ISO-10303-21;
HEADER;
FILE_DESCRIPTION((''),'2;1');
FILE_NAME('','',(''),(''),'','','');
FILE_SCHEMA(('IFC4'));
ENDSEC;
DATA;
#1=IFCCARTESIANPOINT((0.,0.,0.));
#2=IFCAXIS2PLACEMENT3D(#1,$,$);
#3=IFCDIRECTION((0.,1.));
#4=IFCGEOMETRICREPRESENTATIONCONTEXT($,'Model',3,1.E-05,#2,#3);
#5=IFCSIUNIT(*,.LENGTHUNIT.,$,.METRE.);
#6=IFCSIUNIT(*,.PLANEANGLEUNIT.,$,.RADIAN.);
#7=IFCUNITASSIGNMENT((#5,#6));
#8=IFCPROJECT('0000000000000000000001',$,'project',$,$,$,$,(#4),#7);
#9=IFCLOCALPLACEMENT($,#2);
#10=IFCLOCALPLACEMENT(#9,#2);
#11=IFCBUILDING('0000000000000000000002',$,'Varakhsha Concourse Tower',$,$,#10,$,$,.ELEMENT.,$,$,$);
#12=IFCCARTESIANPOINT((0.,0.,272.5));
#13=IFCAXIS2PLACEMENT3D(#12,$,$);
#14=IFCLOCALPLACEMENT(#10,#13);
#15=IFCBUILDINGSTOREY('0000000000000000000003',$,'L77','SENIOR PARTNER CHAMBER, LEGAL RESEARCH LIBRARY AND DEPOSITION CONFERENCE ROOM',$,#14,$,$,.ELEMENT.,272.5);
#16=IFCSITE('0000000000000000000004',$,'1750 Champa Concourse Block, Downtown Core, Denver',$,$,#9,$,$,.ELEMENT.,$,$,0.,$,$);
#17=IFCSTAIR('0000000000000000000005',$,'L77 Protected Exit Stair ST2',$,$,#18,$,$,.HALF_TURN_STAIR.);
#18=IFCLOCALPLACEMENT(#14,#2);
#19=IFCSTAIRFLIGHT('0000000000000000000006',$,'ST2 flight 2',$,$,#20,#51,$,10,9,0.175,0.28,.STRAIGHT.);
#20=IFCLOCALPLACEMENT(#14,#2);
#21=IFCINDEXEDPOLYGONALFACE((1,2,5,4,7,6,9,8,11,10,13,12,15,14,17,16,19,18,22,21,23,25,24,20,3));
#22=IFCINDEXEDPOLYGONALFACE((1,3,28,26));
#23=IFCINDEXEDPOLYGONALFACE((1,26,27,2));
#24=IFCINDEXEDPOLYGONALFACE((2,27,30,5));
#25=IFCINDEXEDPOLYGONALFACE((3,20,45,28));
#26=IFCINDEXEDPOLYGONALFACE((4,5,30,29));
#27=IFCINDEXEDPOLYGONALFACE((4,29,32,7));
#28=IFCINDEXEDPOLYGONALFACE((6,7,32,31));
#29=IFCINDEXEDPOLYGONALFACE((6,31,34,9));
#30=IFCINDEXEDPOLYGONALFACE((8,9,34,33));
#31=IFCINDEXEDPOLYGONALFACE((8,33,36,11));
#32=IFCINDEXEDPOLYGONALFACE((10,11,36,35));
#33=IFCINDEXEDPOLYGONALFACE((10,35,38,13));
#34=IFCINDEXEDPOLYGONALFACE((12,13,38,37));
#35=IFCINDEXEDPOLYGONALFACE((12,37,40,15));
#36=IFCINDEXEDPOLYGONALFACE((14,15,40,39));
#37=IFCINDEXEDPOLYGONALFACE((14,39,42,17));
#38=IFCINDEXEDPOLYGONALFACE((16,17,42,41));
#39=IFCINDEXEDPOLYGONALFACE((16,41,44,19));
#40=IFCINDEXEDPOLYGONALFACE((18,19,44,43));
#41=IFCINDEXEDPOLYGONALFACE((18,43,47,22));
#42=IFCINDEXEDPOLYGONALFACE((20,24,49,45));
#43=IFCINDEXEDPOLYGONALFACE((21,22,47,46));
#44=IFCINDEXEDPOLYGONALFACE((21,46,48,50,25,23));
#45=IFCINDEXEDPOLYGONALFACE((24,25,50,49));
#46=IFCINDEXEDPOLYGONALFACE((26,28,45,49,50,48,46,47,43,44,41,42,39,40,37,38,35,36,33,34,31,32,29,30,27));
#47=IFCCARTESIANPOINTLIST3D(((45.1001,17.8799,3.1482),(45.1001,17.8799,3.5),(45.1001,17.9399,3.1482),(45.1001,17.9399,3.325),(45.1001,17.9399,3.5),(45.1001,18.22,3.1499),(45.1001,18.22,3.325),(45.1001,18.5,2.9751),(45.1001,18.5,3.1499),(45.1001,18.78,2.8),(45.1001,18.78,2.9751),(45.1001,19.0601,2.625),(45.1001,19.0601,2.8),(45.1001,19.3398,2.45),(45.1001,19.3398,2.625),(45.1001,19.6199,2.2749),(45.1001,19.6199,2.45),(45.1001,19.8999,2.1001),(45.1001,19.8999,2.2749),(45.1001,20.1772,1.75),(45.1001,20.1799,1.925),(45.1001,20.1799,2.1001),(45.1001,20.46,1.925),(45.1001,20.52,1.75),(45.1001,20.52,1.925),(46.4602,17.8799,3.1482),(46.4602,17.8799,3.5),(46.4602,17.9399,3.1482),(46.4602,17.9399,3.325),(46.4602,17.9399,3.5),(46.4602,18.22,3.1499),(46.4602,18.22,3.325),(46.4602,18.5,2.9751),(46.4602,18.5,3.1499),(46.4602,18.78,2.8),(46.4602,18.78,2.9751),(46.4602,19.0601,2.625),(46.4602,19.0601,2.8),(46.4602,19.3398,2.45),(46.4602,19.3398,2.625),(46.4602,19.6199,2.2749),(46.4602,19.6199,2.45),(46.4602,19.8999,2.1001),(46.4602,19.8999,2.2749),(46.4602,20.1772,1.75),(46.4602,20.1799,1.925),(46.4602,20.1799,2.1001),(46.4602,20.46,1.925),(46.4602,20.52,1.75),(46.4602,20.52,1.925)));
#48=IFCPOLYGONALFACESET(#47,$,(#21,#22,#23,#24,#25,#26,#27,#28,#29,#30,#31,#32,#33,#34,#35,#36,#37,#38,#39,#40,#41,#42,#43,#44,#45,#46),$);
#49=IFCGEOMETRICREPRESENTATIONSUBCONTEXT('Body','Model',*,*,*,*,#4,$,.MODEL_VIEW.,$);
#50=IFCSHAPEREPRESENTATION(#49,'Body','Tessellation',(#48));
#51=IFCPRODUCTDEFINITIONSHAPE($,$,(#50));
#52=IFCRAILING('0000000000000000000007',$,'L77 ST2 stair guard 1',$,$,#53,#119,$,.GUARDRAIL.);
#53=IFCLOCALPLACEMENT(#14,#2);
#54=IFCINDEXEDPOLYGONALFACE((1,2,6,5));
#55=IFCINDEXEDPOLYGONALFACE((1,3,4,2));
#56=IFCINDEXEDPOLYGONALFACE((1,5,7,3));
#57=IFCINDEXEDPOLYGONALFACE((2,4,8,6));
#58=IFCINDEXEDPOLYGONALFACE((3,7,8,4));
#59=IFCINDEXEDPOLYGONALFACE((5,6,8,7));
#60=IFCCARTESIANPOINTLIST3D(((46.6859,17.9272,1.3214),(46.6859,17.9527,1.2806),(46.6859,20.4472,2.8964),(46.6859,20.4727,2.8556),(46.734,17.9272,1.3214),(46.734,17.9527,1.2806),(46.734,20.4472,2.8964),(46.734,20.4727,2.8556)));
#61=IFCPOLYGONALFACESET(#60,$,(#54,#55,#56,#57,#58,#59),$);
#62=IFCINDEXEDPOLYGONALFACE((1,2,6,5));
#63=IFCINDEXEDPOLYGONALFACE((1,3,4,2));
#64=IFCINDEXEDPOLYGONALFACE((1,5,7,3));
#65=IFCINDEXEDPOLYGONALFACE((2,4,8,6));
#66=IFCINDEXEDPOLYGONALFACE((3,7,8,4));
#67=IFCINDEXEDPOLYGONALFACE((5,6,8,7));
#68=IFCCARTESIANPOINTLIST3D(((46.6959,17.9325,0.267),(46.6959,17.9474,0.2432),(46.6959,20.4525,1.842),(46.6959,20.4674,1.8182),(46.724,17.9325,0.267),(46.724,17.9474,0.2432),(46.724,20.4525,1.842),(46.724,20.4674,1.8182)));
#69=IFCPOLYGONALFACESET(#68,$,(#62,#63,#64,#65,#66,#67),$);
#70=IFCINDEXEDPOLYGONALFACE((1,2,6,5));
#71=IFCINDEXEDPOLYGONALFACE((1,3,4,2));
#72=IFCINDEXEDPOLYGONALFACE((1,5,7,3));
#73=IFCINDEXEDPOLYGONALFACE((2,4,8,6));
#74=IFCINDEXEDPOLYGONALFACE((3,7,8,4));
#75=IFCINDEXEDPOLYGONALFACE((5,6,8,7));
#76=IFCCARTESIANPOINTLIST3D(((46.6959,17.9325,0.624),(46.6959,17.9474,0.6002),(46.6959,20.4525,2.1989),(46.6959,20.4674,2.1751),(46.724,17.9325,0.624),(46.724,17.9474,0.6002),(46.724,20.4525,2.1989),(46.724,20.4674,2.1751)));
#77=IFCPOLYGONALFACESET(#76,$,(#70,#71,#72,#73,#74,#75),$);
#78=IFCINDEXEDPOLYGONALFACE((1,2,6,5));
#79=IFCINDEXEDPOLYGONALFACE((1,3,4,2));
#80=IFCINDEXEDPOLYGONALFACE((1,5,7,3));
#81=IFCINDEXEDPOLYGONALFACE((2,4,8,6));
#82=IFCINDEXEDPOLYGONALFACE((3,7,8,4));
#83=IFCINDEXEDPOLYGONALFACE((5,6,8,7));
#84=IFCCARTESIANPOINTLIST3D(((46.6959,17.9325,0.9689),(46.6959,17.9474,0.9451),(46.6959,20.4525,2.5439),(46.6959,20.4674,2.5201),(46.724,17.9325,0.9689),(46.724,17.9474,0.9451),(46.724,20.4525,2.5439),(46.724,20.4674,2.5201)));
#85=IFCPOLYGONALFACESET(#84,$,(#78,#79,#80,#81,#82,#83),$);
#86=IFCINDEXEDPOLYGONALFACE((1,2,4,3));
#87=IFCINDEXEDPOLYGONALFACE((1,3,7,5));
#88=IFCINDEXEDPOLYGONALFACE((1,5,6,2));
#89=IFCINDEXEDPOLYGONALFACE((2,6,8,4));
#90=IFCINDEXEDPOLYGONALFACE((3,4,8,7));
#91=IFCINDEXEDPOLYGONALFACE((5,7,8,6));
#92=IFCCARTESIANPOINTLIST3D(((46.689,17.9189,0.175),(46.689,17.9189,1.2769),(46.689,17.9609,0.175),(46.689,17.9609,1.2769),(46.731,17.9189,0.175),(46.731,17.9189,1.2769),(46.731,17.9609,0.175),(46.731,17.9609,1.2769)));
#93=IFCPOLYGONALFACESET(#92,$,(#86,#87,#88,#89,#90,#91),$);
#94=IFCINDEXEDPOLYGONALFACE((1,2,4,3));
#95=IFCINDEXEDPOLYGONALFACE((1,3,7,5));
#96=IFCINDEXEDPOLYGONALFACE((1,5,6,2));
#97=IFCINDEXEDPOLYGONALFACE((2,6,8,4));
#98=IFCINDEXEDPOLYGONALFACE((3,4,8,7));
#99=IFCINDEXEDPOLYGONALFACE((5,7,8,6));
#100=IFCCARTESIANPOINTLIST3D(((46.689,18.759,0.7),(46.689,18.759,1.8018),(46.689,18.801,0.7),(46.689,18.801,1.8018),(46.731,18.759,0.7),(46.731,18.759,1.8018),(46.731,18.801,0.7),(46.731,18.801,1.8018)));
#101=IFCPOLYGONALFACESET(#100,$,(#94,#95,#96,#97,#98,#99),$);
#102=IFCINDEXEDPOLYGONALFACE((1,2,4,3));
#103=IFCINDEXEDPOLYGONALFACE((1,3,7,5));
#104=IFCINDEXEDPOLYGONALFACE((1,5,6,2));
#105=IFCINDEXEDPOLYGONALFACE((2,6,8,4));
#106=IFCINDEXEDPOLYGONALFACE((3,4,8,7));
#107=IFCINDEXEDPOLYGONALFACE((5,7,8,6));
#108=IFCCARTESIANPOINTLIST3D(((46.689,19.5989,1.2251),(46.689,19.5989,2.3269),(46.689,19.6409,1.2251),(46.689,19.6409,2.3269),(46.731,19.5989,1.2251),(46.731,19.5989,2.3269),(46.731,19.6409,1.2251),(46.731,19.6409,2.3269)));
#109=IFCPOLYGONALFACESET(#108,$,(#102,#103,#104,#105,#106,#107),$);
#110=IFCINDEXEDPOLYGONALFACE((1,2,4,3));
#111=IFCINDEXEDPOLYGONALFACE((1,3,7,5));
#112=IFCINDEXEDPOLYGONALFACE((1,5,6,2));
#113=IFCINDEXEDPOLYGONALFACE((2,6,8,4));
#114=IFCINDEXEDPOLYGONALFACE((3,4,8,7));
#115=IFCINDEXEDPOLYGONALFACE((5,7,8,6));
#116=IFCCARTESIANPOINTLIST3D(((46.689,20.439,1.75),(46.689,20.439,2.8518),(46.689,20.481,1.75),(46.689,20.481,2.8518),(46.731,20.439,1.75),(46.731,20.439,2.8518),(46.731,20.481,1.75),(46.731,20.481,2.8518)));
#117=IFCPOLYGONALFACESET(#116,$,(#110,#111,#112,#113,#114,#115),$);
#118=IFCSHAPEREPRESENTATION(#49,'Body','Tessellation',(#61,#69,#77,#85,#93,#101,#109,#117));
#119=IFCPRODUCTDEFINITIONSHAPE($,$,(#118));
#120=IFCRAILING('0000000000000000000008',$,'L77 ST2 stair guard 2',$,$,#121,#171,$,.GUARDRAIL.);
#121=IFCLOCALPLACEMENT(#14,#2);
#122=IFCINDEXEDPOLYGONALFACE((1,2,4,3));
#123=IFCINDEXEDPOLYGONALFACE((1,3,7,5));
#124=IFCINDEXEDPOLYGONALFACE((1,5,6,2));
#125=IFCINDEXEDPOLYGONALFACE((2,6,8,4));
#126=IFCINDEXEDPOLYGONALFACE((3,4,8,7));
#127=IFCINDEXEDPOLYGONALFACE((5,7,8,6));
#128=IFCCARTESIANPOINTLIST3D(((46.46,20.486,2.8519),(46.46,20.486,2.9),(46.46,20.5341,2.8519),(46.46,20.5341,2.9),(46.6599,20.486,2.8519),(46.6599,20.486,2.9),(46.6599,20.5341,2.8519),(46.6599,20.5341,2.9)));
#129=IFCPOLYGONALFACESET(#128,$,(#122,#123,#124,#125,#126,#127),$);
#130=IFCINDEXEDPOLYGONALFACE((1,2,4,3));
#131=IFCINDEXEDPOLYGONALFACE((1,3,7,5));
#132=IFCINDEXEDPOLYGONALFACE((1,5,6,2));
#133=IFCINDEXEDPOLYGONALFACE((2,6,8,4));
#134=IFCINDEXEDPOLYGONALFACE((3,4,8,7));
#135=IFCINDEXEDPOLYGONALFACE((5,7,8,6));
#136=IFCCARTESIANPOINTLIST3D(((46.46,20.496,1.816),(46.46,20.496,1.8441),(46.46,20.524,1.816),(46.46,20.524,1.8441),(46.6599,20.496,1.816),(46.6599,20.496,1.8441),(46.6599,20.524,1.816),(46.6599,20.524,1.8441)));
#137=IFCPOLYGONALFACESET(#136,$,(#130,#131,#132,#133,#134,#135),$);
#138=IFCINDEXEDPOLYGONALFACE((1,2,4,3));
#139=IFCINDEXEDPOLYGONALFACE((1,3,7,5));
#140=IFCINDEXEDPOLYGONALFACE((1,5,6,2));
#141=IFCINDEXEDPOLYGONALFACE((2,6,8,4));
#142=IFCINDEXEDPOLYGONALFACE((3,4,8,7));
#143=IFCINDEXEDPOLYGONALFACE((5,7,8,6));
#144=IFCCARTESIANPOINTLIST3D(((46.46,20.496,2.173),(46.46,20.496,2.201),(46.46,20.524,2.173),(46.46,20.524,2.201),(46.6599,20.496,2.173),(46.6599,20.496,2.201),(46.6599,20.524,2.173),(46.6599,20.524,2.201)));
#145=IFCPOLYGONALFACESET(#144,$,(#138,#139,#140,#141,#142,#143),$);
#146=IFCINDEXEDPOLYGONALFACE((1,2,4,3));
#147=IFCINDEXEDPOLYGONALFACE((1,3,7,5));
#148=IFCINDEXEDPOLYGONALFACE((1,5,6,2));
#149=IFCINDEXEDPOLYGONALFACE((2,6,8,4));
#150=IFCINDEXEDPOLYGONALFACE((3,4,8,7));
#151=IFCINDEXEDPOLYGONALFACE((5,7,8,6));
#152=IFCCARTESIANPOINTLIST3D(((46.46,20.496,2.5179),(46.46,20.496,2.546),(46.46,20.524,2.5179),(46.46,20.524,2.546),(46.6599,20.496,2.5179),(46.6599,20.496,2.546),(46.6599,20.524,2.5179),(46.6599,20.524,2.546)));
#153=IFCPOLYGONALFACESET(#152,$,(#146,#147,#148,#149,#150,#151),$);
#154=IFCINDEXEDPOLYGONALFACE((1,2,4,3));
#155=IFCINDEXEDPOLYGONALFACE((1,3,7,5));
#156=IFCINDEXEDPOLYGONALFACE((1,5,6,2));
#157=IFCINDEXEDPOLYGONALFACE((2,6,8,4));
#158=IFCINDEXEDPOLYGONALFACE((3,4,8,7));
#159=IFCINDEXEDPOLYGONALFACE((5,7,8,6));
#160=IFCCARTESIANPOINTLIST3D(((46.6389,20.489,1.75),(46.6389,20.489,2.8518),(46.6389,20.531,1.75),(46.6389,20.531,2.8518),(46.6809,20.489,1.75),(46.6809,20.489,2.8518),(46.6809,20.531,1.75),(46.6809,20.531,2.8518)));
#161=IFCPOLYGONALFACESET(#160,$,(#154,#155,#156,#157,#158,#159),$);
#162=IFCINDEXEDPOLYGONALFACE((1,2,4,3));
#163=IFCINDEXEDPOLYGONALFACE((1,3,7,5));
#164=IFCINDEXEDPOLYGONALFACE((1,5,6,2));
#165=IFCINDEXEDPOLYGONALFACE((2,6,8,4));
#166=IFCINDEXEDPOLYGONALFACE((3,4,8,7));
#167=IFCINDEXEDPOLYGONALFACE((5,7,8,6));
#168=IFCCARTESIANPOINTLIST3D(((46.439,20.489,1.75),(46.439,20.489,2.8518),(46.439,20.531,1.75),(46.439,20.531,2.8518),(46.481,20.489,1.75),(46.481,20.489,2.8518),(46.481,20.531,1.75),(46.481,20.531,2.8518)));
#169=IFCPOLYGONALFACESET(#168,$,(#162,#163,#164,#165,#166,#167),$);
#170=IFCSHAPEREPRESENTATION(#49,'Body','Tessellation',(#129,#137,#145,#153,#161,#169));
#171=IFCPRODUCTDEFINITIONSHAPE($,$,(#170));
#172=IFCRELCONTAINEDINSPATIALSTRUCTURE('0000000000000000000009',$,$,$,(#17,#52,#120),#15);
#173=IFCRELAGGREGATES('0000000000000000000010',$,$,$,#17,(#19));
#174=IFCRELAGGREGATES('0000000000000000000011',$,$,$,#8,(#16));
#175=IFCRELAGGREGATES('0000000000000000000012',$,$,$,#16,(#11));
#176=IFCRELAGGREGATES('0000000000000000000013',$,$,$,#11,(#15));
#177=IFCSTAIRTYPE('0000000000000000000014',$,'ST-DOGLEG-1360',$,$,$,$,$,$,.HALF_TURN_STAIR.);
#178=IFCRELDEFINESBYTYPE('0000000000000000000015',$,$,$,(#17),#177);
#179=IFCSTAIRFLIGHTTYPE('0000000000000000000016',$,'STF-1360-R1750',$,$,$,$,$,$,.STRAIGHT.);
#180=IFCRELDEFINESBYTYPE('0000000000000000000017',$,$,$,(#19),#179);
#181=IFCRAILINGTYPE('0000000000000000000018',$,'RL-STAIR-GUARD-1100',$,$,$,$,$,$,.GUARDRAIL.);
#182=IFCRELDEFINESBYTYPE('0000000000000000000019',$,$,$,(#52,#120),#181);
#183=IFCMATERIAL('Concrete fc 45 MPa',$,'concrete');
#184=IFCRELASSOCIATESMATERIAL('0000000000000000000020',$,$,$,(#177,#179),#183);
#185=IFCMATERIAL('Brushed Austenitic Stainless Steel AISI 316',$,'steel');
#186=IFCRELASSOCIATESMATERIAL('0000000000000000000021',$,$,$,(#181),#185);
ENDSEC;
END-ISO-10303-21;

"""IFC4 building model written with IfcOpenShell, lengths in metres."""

from ifc_helpers import new_model, si_unit, direction, frame, origin, origin_2d, place, context, subcontext, project, spatial, polyline, rectangle, outline, extrude, material, type_object, element, aggregate, save


model = new_model("IFC4")

# Units and contexts
model_context = context("Model", 3, precision=1e-05, world=origin(), true_north=direction((0.0, 1.0)))
body_context = subcontext(model_context, "Body", "Model", "MODEL_VIEW")
ifc_project = project(units=[si_unit("LENGTHUNIT", "METRE"), si_unit("PLANEANGLEUNIT", "RADIAN")], contexts=[model_context])

# Site, building, storey
site_placement = place(None, origin())
site = spatial("IfcSite", under=ifc_project, at=site_placement, Name="1750 Champa Concourse Block, Downtown Core, Denver", CompositionType="ELEMENT", RefElevation=0.0)
building_placement = place(site_placement, origin())
building = spatial("IfcBuilding", under=site, at=building_placement, Name="Varakhsha Concourse Tower", CompositionType="ELEMENT")
storey_placement = place(building_placement, frame((0.0, 0.0, 272.5)))
storey = spatial("IfcBuildingStorey", under=building, at=storey_placement, Name="L77", Description="SENIOR PARTNER CHAMBER, LEGAL RESEARCH LIBRARY AND DEPOSITION CONFERENCE ROOM", CompositionType="ELEMENT", Elevation=272.5)

# Shared definitions
ifc_material_1 = material(Name="Concrete fc 45 MPa", Category="concrete")

# Stair, stair flight
stair_type = type_object("IfcStairType", Name="ST-DOGLEG-1360", PredefinedType="HALF_TURN_STAIR", material=ifc_material_1)
stair_placement = place(storey_placement, origin())
stair = element("IfcStair", 1, at=stair_placement, inside=storey, type_object=stair_type, Name="L77 Protected Exit Stair ST2", PredefinedType="HALF_TURN_STAIR")
stair_flight_type = type_object("IfcStairFlightType", Name="STF-1360-R1750", PredefinedType="STRAIGHT", material=ifc_material_1)
stair_flight_1_placement = place(storey_placement, frame((45.78, 20.46, 1.75), z_axis=(0.0, 0.0, 1.0), x_axis=(0.0, -1.0, 0.0)))
stair_flight_1 = element("IfcStairFlight", 2, at=stair_flight_1_placement, type_object=stair_flight_type, Name="ST2 flight 2", NumberOfRisers=10, NumberOfTreads=9, PredefinedType="STRAIGHT", RiserHeight=0.175, TreadLength=0.28, context=body_context, shape_type="SweptSolid", body=[
    extrude(outline(polyline([(-0.0601, 0.0), (-0.0601, 0.175), (0.0, 0.175), (0.28, 0.175), (0.28, 0.3501), (0.5601, 0.3501), (0.5601, 0.5249), (0.8401, 0.5249), (0.8401, 0.7), (1.1201, 0.7), (1.1201, 0.875), (1.3999, 0.875), (1.3999, 1.05), (1.6799, 1.05), (1.6799, 1.2251), (1.96, 1.2251), (1.96, 1.3999), (2.24, 1.3999), (2.24, 1.575), (2.52, 1.575), (2.52, 1.75), (2.5801, 1.75), (2.5801, 1.3982), (2.52, 1.3982), (0.2827, 0.0), (-0.0601, 0.0)])), frame((0.0, 0.6802, 0.0), z_axis=(0.0, -1.0, 0.0), x_axis=(1.0, 0.0, 0.0)), (0.0, 0.0, 1.0), 1.3601),
])
aggregate(stair, [stair_flight_1])

# Railings
ifc_material_2 = material(Name="Brushed Austenitic Stainless Steel AISI 316", Category="steel")
railing_type_1 = type_object("IfcRailingType", Name="RL-STAIR-GUARD-1100", PredefinedType="GUARDRAIL", material=ifc_material_2)
railing_1_placement = place(storey_placement, frame((46.71, 17.9399, 0.175)))
element("IfcRailing", 3, at=railing_1_placement, inside=storey, type_object=railing_type_1, Name="L77 ST2 stair guard 1", PredefinedType="GUARDRAIL", context=body_context, shape_type="SweptSolid", body=[
    extrude(rectangle(XDim=0.0481, YDim=0.0481, at=origin_2d()), frame((0.0, 0.0, 1.126), z_axis=(0.0, 0.848008, 0.529984), x_axis=(-1.0, 0.0, 0.0)), (0.0, 0.0, 1.0), 2.9717),
    extrude(rectangle(XDim=0.0281, YDim=0.0281, at=origin_2d()), frame((0.0, 0.0, 0.0801), z_axis=(0.0, 0.848008, 0.529984), x_axis=(-1.0, 0.0, 0.0)), (0.0, 0.0, 1.0), 2.9717),
    extrude(rectangle(XDim=0.0281, YDim=0.0281, at=origin_2d()), frame((0.0, 0.0, 0.437), z_axis=(0.0, 0.848008, 0.529984), x_axis=(-1.0, 0.0, 0.0)), (0.0, 0.0, 1.0), 2.9717),
    extrude(rectangle(XDim=0.0281, YDim=0.0281, at=origin_2d()), frame((0.0, 0.0, 0.782), z_axis=(0.0, 0.848008, 0.529984), x_axis=(-1.0, 0.0, 0.0)), (0.0, 0.0, 1.0), 2.9717),
    extrude(rectangle(XDim=0.042, YDim=0.042, at=origin_2d()), origin(), (0.0, 0.0, 1.0), 1.1018),
    extrude(rectangle(XDim=0.042, YDim=0.042, at=origin_2d()), frame((0.0, 0.8401, 0.5249)), (0.0, 0.0, 1.0), 1.1018),
    extrude(rectangle(XDim=0.042, YDim=0.042, at=origin_2d()), frame((0.0, 1.6799, 1.05)), (0.0, 0.0, 1.0), 1.1018),
    extrude(rectangle(XDim=0.042, YDim=0.042, at=origin_2d()), frame((0.0, 2.52, 1.575)), (0.0, 0.0, 1.0), 1.1018),
])
railing_2_placement = place(storey_placement, frame((46.6599, 20.51, 1.75)))
element("IfcRailing", 4, at=railing_2_placement, inside=storey, type_object=railing_type_1, Name="L77 ST2 stair guard 2", PredefinedType="GUARDRAIL", context=body_context, shape_type="SweptSolid", body=[
    extrude(rectangle(XDim=0.0481, YDim=0.0481, at=origin_2d()), frame((0.0, 0.0, 1.126), z_axis=(-1.0, 0.0, 0.0), x_axis=(0.0, -1.0, 0.0)), (0.0, 0.0, 1.0), 0.2),
    extrude(rectangle(XDim=0.0281, YDim=0.0281, at=origin_2d()), frame((0.0, 0.0, 0.0801), z_axis=(-1.0, 0.0, 0.0), x_axis=(0.0, -1.0, 0.0)), (0.0, 0.0, 1.0), 0.2),
    extrude(rectangle(XDim=0.0281, YDim=0.0281, at=origin_2d()), frame((0.0, 0.0, 0.437), z_axis=(-1.0, 0.0, 0.0), x_axis=(0.0, -1.0, 0.0)), (0.0, 0.0, 1.0), 0.2),
    extrude(rectangle(XDim=0.0281, YDim=0.0281, at=origin_2d()), frame((0.0, 0.0, 0.782), z_axis=(-1.0, 0.0, 0.0), x_axis=(0.0, -1.0, 0.0)), (0.0, 0.0, 1.0), 0.2),
    extrude(rectangle(XDim=0.042, YDim=0.042, at=origin_2d()), origin(), (0.0, 0.0, 1.0), 1.1018),
    extrude(rectangle(XDim=0.042, YDim=0.042, at=origin_2d()), frame((-0.2, 0.0, 0.0)), (0.0, 0.0, 1.0), 1.1018),
])

save(model, "model.ifc")
